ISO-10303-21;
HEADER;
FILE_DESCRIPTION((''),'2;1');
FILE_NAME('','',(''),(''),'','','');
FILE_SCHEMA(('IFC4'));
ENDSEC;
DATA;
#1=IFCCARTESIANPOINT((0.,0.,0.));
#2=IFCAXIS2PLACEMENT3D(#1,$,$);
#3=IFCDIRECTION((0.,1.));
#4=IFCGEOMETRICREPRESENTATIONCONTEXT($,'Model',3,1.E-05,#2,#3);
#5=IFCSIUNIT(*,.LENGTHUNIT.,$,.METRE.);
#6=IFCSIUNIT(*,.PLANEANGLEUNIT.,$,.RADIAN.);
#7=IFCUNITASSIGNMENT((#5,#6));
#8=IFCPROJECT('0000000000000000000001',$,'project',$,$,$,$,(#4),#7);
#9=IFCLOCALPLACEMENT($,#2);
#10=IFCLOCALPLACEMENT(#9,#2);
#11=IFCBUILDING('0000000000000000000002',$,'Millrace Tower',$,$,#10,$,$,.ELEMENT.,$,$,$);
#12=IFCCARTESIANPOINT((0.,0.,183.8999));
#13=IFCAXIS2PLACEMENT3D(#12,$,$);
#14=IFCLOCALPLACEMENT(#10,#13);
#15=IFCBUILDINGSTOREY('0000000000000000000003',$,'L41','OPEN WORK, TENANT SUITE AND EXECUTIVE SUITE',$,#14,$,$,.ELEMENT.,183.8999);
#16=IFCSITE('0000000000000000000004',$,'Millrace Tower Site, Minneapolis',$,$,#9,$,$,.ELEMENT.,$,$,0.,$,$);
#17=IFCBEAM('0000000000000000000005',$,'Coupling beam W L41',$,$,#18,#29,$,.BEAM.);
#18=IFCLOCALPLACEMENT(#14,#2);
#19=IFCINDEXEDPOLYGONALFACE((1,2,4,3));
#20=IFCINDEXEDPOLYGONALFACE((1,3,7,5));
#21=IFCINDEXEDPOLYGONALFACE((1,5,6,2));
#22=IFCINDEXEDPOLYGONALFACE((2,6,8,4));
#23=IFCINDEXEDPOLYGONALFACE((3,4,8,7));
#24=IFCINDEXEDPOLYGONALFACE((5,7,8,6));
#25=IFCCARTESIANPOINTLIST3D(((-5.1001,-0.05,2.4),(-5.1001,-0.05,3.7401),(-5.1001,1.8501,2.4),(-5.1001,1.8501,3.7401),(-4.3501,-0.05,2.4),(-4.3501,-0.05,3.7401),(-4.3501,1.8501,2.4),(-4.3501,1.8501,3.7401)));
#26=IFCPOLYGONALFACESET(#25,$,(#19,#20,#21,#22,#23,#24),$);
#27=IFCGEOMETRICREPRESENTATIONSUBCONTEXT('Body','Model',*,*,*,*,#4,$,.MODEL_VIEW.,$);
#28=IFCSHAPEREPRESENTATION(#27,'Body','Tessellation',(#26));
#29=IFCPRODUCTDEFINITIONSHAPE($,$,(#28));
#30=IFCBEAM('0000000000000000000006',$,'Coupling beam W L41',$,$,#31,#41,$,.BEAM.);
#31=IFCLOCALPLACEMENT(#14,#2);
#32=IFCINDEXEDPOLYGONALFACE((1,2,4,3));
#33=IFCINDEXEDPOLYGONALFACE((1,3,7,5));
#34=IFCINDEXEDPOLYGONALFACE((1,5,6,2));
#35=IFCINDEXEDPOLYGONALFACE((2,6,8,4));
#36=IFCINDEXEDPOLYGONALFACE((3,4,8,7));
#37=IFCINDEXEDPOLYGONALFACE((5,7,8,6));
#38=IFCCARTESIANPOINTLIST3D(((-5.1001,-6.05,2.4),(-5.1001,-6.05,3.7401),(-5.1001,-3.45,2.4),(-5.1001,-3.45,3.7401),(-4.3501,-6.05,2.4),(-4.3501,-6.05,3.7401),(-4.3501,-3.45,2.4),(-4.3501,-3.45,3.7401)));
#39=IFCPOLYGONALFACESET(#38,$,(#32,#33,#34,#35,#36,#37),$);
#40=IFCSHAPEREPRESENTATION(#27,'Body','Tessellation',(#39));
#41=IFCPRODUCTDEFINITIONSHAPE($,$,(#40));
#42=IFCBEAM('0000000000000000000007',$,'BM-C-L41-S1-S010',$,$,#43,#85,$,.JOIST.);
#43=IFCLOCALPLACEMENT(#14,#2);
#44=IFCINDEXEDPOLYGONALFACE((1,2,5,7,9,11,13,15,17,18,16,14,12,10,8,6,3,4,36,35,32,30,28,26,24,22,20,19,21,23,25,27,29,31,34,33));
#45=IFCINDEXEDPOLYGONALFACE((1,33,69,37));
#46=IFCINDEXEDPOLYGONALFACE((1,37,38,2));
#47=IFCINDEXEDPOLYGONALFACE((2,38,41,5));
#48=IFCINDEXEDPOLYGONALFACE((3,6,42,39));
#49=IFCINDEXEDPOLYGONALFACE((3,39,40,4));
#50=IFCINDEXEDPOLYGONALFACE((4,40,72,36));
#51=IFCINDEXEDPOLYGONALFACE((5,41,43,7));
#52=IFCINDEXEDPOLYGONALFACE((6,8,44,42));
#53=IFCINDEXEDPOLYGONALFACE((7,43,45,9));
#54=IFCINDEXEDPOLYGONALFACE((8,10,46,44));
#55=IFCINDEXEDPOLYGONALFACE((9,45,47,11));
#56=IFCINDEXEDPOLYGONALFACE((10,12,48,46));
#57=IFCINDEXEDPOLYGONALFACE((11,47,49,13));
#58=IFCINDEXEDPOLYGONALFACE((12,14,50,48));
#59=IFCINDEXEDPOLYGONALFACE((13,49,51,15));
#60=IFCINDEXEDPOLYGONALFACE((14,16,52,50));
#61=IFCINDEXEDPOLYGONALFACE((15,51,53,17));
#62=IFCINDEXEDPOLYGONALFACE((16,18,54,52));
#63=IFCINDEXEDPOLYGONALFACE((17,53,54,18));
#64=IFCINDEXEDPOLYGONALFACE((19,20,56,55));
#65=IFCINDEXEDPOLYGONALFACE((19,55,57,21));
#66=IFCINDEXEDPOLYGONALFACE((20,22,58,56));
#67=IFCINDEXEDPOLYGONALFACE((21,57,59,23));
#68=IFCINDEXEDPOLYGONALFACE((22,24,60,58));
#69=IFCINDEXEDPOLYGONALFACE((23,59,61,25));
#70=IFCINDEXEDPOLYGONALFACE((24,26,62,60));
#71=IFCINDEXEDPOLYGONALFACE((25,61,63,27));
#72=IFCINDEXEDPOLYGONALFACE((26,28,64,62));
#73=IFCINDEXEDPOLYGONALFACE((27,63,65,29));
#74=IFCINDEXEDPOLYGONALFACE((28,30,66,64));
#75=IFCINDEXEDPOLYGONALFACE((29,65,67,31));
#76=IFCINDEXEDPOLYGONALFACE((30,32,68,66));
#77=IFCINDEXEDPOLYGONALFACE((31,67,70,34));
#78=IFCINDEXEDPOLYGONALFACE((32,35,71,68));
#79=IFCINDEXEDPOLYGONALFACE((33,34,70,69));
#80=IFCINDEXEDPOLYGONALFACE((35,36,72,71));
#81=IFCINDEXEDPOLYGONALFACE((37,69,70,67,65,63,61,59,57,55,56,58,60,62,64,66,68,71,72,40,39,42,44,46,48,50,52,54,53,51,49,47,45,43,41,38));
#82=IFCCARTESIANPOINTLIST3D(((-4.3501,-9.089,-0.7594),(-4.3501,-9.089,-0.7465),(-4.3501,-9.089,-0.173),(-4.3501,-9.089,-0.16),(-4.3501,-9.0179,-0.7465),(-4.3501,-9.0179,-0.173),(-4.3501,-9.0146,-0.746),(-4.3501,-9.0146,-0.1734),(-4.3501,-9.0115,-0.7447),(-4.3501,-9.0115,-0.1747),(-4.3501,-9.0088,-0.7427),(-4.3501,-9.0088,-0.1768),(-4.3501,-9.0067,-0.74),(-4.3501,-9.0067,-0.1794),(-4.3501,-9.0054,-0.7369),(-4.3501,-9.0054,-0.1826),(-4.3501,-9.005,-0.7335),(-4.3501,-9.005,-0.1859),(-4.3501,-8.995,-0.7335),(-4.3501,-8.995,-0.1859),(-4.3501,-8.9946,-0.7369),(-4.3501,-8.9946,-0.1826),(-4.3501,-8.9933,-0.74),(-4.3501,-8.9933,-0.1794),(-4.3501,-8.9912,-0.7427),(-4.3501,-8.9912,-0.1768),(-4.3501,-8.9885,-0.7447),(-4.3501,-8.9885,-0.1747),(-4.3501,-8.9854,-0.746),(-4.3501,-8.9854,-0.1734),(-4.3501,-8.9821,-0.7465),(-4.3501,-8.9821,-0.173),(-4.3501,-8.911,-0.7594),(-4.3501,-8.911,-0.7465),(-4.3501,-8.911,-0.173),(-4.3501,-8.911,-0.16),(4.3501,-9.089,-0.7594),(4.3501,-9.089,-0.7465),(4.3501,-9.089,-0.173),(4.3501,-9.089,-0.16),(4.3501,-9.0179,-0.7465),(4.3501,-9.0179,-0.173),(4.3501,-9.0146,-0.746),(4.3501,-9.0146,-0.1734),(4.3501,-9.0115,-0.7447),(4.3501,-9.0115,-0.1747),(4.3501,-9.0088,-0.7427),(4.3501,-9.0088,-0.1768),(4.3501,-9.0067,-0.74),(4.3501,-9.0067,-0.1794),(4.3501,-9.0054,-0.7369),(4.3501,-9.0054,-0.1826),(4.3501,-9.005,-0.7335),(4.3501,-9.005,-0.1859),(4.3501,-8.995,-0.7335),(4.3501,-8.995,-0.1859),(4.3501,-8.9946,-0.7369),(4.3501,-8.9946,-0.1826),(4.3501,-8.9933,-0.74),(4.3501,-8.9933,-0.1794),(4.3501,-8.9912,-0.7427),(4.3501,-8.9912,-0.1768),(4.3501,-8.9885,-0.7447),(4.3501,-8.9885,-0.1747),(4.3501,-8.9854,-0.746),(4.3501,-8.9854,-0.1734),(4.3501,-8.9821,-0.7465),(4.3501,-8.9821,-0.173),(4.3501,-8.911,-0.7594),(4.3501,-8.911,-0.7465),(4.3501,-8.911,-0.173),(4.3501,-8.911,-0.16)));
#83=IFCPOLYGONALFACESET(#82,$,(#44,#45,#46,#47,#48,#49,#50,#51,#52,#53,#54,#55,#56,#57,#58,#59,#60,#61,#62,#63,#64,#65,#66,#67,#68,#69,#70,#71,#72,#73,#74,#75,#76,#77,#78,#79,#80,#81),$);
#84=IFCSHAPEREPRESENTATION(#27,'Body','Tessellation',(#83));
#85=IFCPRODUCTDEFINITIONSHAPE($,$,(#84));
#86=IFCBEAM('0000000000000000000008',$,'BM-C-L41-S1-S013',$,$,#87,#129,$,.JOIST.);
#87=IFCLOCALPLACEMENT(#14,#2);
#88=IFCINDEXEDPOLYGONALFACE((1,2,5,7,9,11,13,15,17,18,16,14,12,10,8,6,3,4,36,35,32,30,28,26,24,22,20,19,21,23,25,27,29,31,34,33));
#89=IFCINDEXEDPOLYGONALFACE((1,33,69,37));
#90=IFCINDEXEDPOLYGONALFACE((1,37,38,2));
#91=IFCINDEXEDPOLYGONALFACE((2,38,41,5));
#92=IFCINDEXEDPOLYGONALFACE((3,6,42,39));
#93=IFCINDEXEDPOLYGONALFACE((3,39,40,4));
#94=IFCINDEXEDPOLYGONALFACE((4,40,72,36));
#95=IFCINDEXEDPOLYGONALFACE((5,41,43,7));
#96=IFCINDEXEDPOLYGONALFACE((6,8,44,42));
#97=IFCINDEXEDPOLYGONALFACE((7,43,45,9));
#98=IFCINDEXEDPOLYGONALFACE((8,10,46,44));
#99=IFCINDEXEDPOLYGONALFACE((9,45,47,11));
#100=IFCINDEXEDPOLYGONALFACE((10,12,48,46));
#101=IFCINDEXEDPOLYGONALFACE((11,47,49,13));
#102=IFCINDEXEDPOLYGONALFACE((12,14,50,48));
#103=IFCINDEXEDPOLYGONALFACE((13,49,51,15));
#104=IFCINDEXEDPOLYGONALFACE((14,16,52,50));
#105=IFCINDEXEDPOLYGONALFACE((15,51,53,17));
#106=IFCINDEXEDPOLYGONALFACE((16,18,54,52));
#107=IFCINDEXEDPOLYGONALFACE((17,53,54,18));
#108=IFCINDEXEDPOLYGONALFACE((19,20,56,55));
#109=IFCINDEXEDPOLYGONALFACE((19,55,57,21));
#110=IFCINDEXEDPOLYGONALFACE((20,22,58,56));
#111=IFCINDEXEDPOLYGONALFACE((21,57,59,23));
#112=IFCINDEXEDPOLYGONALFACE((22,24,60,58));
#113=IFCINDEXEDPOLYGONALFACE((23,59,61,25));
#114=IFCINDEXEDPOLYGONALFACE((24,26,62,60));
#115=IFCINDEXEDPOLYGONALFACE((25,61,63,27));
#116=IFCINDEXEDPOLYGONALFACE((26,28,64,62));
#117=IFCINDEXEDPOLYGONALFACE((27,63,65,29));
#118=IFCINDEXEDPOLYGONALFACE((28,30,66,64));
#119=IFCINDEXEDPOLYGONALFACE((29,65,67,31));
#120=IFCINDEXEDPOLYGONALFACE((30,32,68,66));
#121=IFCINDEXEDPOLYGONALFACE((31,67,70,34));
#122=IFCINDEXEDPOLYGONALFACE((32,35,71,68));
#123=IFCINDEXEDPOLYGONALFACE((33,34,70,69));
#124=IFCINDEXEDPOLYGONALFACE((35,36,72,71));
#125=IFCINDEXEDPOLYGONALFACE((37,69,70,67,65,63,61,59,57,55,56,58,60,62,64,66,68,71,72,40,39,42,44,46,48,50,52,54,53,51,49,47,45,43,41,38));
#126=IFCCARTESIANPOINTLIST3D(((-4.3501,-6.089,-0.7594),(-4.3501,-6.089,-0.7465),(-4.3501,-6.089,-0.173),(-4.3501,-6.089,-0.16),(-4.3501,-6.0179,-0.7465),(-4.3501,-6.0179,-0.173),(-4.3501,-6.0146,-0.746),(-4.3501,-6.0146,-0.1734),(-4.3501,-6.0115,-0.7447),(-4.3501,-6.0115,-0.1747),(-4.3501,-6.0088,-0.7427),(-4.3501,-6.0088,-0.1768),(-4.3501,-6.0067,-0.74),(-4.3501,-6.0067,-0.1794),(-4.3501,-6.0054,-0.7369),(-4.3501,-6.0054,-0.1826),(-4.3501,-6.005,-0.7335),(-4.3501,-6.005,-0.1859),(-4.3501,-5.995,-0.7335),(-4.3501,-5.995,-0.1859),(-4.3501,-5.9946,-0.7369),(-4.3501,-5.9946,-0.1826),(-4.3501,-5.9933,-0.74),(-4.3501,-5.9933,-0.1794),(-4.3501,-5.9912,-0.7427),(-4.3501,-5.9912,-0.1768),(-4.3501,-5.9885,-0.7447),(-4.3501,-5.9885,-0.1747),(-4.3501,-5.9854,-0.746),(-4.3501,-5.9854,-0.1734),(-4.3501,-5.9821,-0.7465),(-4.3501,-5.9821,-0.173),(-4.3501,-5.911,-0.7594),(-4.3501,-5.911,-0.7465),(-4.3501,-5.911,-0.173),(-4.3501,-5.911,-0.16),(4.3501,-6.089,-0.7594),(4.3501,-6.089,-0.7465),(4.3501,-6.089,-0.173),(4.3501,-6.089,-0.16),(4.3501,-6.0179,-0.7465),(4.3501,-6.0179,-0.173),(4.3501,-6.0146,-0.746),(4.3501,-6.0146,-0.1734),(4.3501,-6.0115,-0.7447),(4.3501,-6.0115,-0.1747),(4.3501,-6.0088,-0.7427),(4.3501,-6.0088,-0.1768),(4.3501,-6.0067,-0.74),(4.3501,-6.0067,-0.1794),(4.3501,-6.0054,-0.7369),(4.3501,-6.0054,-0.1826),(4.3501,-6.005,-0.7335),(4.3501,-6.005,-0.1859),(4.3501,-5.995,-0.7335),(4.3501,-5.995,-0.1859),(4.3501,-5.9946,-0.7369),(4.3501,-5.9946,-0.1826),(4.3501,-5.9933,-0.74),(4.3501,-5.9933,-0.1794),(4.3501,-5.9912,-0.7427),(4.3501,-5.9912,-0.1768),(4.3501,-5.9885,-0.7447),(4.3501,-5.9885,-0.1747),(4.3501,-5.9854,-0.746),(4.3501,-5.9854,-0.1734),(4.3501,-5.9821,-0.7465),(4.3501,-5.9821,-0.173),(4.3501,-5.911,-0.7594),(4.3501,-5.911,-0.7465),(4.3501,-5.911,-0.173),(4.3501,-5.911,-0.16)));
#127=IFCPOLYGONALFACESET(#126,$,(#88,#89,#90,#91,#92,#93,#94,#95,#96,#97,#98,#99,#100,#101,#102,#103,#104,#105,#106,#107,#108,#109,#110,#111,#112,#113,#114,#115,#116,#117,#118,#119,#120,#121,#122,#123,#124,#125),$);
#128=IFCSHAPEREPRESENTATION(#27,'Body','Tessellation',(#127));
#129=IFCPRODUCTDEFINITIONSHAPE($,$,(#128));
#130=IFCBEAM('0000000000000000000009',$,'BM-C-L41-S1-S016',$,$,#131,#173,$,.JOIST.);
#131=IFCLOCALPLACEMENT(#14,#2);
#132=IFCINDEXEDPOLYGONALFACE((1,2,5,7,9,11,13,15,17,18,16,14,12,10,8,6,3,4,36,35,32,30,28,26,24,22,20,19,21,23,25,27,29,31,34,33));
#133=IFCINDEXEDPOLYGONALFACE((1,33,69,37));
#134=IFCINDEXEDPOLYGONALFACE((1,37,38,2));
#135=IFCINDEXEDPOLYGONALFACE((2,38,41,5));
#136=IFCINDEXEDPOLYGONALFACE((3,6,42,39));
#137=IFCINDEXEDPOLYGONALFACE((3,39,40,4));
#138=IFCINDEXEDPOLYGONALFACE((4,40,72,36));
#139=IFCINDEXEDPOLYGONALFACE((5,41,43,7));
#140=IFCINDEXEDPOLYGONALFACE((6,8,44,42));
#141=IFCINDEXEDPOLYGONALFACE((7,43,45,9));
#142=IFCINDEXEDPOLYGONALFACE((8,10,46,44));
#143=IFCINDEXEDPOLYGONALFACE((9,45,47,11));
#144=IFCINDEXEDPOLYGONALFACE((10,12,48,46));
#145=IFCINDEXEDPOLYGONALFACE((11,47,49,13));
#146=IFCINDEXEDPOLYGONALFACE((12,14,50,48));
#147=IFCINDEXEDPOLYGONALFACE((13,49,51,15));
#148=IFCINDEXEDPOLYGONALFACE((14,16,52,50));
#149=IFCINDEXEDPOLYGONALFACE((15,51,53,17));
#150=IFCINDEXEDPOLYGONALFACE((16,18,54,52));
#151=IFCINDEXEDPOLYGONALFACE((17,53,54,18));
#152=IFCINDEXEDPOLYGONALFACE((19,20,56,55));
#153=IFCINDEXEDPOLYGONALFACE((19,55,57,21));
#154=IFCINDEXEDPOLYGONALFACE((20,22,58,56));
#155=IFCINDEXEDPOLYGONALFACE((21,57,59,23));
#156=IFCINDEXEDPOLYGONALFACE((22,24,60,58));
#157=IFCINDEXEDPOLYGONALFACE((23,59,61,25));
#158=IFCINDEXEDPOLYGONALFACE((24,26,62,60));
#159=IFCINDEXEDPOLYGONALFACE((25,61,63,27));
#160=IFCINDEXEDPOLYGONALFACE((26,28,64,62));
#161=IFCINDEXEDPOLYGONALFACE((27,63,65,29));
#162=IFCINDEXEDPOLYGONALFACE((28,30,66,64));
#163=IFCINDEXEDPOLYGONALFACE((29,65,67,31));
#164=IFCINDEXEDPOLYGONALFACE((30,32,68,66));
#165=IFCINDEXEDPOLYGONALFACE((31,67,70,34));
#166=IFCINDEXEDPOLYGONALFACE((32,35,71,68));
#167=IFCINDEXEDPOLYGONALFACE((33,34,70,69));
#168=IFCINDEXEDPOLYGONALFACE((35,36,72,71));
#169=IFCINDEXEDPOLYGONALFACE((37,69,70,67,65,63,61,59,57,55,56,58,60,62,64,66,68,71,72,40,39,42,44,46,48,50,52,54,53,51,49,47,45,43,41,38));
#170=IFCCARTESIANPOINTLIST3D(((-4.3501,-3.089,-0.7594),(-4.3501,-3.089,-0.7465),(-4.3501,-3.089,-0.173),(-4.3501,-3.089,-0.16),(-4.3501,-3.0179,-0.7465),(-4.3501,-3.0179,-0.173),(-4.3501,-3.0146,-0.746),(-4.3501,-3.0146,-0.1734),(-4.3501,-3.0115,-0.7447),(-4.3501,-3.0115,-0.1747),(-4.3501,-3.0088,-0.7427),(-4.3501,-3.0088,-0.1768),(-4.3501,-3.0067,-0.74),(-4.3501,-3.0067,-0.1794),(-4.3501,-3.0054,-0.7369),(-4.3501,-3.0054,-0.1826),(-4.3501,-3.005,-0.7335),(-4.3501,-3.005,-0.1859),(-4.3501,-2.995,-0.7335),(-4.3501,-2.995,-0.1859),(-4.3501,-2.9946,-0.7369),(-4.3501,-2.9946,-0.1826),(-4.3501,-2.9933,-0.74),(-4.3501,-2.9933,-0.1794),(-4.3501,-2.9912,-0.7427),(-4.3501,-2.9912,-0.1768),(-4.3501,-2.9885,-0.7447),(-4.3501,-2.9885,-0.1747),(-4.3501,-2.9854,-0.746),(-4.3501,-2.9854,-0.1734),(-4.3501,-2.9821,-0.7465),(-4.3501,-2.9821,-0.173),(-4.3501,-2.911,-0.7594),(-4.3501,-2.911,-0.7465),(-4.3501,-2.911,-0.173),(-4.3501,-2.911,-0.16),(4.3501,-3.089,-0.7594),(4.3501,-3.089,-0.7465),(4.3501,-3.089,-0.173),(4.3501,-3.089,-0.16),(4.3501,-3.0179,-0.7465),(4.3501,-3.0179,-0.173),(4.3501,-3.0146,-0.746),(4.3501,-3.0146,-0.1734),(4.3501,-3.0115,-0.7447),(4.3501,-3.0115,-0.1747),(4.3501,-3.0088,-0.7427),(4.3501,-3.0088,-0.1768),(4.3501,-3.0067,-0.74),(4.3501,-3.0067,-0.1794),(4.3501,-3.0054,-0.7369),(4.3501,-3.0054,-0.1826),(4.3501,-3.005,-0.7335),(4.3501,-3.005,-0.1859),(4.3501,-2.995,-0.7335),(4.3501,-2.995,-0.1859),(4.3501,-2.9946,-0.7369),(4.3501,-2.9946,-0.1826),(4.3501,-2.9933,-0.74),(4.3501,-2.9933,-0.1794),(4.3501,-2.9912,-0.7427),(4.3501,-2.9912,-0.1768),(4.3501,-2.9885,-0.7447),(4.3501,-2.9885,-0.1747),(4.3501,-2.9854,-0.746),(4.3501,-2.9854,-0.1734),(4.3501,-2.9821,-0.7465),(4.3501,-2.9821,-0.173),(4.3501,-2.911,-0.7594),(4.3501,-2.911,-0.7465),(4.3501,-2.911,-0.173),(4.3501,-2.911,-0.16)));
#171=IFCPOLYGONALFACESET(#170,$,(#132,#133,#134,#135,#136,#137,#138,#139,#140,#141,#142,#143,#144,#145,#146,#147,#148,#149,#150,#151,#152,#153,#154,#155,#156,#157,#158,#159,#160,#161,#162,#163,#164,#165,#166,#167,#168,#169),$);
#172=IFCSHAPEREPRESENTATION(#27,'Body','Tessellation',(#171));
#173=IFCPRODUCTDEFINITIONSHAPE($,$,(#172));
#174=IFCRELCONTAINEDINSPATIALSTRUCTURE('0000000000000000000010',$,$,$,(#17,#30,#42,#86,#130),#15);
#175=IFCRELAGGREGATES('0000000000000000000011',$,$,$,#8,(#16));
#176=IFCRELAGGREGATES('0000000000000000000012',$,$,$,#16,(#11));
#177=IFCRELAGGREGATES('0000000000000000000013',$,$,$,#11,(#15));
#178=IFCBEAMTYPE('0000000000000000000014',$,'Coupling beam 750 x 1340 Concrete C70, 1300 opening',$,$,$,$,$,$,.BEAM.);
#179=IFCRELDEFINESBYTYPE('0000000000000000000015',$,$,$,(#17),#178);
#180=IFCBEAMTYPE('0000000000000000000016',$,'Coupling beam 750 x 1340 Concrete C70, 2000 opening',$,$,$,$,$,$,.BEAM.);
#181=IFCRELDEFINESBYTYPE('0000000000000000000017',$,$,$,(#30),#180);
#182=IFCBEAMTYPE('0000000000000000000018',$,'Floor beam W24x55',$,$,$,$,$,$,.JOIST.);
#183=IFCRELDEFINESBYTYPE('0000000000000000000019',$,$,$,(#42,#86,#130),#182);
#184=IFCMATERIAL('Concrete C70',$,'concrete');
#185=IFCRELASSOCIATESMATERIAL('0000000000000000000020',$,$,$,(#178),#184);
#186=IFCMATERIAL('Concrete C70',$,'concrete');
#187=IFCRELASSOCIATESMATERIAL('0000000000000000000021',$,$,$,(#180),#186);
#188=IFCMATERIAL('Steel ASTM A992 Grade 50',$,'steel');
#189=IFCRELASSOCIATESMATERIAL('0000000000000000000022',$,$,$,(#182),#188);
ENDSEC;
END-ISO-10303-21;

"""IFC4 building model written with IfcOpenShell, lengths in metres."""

from ifc_helpers import new_model, si_unit, direction, frame, origin, origin_2d, place, context, subcontext, project, spatial, rectangle, i_section, extrude, material, material_profile, profile_set, type_object, element, save


model = new_model("IFC4")

# Units and contexts
model_context = context("Model", 3, precision=1e-05, world=origin(), true_north=direction((0.0, 1.0)))
body_context = subcontext(model_context, "Body", "Model", "MODEL_VIEW")
ifc_project = project(units=[si_unit("LENGTHUNIT", "METRE"), si_unit("PLANEANGLEUNIT", "RADIAN")], contexts=[model_context])

# Site, building, storey
site_placement = place(None, origin())
site = spatial("IfcSite", under=ifc_project, at=site_placement, Name="Millrace Tower Site, Minneapolis", CompositionType="ELEMENT", RefElevation=0.0)
building_placement = place(site_placement, origin())
building = spatial("IfcBuilding", under=site, at=building_placement, Name="Millrace Tower", CompositionType="ELEMENT")
storey_placement = place(building_placement, frame((0.0, 0.0, 183.8999)))
storey = spatial("IfcBuildingStorey", under=building, at=storey_placement, Name="L41", Description="OPEN WORK, TENANT SUITE AND EXECUTIVE SUITE", CompositionType="ELEMENT", Elevation=183.8999)

# Beams
ifc_material_1 = material(Name="Concrete C70", Category="concrete")
ifc_material_profile_1 = material_profile(ifc_material_1, rectangle(XDim=0.75, YDim=1.3401, at=origin_2d()))
ifc_profile_set_1 = profile_set([ifc_material_profile_1], Name="Concrete C70")
beam_type_1 = type_object("IfcBeamType", Name="Coupling beam 750 x 1340 Concrete C70, 1300 opening", PredefinedType="BEAM", material=ifc_profile_set_1)
beam_1_placement = place(storey_placement, frame((-4.7251, -0.05, 3.0701), z_axis=(0.0, 1.0, 0.0), x_axis=(-1.0, 0.0, 0.0)))
element("IfcBeam", 1, at=beam_1_placement, inside=storey, type_object=beam_type_1, Name="Coupling beam W L41", PredefinedType="BEAM", context=body_context, shape_type="SweptSolid", body=[
    extrude(rectangle(XDim=0.75, YDim=1.3401, at=origin_2d()), origin(), (0.0, 0.0, 1.0), 1.9001),
])
ifc_material_2 = material(Name="Concrete C70", Category="concrete")
ifc_material_profile_2 = material_profile(ifc_material_2, rectangle(XDim=0.75, YDim=1.3401, at=origin_2d()))
ifc_profile_set_2 = profile_set([ifc_material_profile_2], Name="Concrete C70")
beam_type_2 = type_object("IfcBeamType", Name="Coupling beam 750 x 1340 Concrete C70, 2000 opening", PredefinedType="BEAM", material=ifc_profile_set_2)
beam_2_placement = place(storey_placement, frame((-4.7251, -6.05, 3.0701), z_axis=(0.0, 1.0, 0.0), x_axis=(-1.0, 0.0, 0.0)))
element("IfcBeam", 2, at=beam_2_placement, inside=storey, type_object=beam_type_2, Name="Coupling beam W L41", PredefinedType="BEAM", context=body_context, shape_type="SweptSolid", body=[
    extrude(rectangle(XDim=0.75, YDim=1.3401, at=origin_2d()), origin(), (0.0, 0.0, 1.0), 2.6001),
])
ifc_material_3 = material(Name="Steel ASTM A992 Grade 50", Category="steel")
ifc_material_profile_3 = material_profile(ifc_material_3, i_section(OverallWidth=0.178, OverallDepth=0.5994, WebThickness=0.01, FlangeThickness=0.0129, FilletRadius=0.0129, at=origin_2d()))
ifc_profile_set_3 = profile_set([ifc_material_profile_3], Name="Steel ASTM A992 Grade 50")
beam_type_3 = type_object("IfcBeamType", Name="Floor beam W24x55", PredefinedType="JOIST", material=ifc_profile_set_3)
for number, where, z_axis, x_axis, name in (
    (3, (-4.3501, -9.0, -0.4597), (1.0, 0.0, 0.0), (0.0, 1.0, 0.0), "BM-C-L41-S1-S010"),
    (4, (-4.3501, -6.0, -0.4597), (1.0, 0.0, 0.0), (0.0, 1.0, 0.0), "BM-C-L41-S1-S013"),
    (5, (-4.3501, -3.0, -0.4597), (1.0, 0.0, 0.0), (0.0, 1.0, 0.0), "BM-C-L41-S1-S016"),
):
    element("IfcBeam", number, at=place(storey_placement, frame(where, z_axis=z_axis, x_axis=x_axis)), inside=storey, type_object=beam_type_3, Name=name, PredefinedType="JOIST", context=body_context, shape_type="SweptSolid", body=[
        extrude(i_section(OverallWidth=0.178, OverallDepth=0.5994, WebThickness=0.01, FlangeThickness=0.0129, FilletRadius=0.0129, at=origin_2d()), origin(), (0.0, 0.0, 1.0), 8.7002),
    ])

save(model, "model.ifc")
